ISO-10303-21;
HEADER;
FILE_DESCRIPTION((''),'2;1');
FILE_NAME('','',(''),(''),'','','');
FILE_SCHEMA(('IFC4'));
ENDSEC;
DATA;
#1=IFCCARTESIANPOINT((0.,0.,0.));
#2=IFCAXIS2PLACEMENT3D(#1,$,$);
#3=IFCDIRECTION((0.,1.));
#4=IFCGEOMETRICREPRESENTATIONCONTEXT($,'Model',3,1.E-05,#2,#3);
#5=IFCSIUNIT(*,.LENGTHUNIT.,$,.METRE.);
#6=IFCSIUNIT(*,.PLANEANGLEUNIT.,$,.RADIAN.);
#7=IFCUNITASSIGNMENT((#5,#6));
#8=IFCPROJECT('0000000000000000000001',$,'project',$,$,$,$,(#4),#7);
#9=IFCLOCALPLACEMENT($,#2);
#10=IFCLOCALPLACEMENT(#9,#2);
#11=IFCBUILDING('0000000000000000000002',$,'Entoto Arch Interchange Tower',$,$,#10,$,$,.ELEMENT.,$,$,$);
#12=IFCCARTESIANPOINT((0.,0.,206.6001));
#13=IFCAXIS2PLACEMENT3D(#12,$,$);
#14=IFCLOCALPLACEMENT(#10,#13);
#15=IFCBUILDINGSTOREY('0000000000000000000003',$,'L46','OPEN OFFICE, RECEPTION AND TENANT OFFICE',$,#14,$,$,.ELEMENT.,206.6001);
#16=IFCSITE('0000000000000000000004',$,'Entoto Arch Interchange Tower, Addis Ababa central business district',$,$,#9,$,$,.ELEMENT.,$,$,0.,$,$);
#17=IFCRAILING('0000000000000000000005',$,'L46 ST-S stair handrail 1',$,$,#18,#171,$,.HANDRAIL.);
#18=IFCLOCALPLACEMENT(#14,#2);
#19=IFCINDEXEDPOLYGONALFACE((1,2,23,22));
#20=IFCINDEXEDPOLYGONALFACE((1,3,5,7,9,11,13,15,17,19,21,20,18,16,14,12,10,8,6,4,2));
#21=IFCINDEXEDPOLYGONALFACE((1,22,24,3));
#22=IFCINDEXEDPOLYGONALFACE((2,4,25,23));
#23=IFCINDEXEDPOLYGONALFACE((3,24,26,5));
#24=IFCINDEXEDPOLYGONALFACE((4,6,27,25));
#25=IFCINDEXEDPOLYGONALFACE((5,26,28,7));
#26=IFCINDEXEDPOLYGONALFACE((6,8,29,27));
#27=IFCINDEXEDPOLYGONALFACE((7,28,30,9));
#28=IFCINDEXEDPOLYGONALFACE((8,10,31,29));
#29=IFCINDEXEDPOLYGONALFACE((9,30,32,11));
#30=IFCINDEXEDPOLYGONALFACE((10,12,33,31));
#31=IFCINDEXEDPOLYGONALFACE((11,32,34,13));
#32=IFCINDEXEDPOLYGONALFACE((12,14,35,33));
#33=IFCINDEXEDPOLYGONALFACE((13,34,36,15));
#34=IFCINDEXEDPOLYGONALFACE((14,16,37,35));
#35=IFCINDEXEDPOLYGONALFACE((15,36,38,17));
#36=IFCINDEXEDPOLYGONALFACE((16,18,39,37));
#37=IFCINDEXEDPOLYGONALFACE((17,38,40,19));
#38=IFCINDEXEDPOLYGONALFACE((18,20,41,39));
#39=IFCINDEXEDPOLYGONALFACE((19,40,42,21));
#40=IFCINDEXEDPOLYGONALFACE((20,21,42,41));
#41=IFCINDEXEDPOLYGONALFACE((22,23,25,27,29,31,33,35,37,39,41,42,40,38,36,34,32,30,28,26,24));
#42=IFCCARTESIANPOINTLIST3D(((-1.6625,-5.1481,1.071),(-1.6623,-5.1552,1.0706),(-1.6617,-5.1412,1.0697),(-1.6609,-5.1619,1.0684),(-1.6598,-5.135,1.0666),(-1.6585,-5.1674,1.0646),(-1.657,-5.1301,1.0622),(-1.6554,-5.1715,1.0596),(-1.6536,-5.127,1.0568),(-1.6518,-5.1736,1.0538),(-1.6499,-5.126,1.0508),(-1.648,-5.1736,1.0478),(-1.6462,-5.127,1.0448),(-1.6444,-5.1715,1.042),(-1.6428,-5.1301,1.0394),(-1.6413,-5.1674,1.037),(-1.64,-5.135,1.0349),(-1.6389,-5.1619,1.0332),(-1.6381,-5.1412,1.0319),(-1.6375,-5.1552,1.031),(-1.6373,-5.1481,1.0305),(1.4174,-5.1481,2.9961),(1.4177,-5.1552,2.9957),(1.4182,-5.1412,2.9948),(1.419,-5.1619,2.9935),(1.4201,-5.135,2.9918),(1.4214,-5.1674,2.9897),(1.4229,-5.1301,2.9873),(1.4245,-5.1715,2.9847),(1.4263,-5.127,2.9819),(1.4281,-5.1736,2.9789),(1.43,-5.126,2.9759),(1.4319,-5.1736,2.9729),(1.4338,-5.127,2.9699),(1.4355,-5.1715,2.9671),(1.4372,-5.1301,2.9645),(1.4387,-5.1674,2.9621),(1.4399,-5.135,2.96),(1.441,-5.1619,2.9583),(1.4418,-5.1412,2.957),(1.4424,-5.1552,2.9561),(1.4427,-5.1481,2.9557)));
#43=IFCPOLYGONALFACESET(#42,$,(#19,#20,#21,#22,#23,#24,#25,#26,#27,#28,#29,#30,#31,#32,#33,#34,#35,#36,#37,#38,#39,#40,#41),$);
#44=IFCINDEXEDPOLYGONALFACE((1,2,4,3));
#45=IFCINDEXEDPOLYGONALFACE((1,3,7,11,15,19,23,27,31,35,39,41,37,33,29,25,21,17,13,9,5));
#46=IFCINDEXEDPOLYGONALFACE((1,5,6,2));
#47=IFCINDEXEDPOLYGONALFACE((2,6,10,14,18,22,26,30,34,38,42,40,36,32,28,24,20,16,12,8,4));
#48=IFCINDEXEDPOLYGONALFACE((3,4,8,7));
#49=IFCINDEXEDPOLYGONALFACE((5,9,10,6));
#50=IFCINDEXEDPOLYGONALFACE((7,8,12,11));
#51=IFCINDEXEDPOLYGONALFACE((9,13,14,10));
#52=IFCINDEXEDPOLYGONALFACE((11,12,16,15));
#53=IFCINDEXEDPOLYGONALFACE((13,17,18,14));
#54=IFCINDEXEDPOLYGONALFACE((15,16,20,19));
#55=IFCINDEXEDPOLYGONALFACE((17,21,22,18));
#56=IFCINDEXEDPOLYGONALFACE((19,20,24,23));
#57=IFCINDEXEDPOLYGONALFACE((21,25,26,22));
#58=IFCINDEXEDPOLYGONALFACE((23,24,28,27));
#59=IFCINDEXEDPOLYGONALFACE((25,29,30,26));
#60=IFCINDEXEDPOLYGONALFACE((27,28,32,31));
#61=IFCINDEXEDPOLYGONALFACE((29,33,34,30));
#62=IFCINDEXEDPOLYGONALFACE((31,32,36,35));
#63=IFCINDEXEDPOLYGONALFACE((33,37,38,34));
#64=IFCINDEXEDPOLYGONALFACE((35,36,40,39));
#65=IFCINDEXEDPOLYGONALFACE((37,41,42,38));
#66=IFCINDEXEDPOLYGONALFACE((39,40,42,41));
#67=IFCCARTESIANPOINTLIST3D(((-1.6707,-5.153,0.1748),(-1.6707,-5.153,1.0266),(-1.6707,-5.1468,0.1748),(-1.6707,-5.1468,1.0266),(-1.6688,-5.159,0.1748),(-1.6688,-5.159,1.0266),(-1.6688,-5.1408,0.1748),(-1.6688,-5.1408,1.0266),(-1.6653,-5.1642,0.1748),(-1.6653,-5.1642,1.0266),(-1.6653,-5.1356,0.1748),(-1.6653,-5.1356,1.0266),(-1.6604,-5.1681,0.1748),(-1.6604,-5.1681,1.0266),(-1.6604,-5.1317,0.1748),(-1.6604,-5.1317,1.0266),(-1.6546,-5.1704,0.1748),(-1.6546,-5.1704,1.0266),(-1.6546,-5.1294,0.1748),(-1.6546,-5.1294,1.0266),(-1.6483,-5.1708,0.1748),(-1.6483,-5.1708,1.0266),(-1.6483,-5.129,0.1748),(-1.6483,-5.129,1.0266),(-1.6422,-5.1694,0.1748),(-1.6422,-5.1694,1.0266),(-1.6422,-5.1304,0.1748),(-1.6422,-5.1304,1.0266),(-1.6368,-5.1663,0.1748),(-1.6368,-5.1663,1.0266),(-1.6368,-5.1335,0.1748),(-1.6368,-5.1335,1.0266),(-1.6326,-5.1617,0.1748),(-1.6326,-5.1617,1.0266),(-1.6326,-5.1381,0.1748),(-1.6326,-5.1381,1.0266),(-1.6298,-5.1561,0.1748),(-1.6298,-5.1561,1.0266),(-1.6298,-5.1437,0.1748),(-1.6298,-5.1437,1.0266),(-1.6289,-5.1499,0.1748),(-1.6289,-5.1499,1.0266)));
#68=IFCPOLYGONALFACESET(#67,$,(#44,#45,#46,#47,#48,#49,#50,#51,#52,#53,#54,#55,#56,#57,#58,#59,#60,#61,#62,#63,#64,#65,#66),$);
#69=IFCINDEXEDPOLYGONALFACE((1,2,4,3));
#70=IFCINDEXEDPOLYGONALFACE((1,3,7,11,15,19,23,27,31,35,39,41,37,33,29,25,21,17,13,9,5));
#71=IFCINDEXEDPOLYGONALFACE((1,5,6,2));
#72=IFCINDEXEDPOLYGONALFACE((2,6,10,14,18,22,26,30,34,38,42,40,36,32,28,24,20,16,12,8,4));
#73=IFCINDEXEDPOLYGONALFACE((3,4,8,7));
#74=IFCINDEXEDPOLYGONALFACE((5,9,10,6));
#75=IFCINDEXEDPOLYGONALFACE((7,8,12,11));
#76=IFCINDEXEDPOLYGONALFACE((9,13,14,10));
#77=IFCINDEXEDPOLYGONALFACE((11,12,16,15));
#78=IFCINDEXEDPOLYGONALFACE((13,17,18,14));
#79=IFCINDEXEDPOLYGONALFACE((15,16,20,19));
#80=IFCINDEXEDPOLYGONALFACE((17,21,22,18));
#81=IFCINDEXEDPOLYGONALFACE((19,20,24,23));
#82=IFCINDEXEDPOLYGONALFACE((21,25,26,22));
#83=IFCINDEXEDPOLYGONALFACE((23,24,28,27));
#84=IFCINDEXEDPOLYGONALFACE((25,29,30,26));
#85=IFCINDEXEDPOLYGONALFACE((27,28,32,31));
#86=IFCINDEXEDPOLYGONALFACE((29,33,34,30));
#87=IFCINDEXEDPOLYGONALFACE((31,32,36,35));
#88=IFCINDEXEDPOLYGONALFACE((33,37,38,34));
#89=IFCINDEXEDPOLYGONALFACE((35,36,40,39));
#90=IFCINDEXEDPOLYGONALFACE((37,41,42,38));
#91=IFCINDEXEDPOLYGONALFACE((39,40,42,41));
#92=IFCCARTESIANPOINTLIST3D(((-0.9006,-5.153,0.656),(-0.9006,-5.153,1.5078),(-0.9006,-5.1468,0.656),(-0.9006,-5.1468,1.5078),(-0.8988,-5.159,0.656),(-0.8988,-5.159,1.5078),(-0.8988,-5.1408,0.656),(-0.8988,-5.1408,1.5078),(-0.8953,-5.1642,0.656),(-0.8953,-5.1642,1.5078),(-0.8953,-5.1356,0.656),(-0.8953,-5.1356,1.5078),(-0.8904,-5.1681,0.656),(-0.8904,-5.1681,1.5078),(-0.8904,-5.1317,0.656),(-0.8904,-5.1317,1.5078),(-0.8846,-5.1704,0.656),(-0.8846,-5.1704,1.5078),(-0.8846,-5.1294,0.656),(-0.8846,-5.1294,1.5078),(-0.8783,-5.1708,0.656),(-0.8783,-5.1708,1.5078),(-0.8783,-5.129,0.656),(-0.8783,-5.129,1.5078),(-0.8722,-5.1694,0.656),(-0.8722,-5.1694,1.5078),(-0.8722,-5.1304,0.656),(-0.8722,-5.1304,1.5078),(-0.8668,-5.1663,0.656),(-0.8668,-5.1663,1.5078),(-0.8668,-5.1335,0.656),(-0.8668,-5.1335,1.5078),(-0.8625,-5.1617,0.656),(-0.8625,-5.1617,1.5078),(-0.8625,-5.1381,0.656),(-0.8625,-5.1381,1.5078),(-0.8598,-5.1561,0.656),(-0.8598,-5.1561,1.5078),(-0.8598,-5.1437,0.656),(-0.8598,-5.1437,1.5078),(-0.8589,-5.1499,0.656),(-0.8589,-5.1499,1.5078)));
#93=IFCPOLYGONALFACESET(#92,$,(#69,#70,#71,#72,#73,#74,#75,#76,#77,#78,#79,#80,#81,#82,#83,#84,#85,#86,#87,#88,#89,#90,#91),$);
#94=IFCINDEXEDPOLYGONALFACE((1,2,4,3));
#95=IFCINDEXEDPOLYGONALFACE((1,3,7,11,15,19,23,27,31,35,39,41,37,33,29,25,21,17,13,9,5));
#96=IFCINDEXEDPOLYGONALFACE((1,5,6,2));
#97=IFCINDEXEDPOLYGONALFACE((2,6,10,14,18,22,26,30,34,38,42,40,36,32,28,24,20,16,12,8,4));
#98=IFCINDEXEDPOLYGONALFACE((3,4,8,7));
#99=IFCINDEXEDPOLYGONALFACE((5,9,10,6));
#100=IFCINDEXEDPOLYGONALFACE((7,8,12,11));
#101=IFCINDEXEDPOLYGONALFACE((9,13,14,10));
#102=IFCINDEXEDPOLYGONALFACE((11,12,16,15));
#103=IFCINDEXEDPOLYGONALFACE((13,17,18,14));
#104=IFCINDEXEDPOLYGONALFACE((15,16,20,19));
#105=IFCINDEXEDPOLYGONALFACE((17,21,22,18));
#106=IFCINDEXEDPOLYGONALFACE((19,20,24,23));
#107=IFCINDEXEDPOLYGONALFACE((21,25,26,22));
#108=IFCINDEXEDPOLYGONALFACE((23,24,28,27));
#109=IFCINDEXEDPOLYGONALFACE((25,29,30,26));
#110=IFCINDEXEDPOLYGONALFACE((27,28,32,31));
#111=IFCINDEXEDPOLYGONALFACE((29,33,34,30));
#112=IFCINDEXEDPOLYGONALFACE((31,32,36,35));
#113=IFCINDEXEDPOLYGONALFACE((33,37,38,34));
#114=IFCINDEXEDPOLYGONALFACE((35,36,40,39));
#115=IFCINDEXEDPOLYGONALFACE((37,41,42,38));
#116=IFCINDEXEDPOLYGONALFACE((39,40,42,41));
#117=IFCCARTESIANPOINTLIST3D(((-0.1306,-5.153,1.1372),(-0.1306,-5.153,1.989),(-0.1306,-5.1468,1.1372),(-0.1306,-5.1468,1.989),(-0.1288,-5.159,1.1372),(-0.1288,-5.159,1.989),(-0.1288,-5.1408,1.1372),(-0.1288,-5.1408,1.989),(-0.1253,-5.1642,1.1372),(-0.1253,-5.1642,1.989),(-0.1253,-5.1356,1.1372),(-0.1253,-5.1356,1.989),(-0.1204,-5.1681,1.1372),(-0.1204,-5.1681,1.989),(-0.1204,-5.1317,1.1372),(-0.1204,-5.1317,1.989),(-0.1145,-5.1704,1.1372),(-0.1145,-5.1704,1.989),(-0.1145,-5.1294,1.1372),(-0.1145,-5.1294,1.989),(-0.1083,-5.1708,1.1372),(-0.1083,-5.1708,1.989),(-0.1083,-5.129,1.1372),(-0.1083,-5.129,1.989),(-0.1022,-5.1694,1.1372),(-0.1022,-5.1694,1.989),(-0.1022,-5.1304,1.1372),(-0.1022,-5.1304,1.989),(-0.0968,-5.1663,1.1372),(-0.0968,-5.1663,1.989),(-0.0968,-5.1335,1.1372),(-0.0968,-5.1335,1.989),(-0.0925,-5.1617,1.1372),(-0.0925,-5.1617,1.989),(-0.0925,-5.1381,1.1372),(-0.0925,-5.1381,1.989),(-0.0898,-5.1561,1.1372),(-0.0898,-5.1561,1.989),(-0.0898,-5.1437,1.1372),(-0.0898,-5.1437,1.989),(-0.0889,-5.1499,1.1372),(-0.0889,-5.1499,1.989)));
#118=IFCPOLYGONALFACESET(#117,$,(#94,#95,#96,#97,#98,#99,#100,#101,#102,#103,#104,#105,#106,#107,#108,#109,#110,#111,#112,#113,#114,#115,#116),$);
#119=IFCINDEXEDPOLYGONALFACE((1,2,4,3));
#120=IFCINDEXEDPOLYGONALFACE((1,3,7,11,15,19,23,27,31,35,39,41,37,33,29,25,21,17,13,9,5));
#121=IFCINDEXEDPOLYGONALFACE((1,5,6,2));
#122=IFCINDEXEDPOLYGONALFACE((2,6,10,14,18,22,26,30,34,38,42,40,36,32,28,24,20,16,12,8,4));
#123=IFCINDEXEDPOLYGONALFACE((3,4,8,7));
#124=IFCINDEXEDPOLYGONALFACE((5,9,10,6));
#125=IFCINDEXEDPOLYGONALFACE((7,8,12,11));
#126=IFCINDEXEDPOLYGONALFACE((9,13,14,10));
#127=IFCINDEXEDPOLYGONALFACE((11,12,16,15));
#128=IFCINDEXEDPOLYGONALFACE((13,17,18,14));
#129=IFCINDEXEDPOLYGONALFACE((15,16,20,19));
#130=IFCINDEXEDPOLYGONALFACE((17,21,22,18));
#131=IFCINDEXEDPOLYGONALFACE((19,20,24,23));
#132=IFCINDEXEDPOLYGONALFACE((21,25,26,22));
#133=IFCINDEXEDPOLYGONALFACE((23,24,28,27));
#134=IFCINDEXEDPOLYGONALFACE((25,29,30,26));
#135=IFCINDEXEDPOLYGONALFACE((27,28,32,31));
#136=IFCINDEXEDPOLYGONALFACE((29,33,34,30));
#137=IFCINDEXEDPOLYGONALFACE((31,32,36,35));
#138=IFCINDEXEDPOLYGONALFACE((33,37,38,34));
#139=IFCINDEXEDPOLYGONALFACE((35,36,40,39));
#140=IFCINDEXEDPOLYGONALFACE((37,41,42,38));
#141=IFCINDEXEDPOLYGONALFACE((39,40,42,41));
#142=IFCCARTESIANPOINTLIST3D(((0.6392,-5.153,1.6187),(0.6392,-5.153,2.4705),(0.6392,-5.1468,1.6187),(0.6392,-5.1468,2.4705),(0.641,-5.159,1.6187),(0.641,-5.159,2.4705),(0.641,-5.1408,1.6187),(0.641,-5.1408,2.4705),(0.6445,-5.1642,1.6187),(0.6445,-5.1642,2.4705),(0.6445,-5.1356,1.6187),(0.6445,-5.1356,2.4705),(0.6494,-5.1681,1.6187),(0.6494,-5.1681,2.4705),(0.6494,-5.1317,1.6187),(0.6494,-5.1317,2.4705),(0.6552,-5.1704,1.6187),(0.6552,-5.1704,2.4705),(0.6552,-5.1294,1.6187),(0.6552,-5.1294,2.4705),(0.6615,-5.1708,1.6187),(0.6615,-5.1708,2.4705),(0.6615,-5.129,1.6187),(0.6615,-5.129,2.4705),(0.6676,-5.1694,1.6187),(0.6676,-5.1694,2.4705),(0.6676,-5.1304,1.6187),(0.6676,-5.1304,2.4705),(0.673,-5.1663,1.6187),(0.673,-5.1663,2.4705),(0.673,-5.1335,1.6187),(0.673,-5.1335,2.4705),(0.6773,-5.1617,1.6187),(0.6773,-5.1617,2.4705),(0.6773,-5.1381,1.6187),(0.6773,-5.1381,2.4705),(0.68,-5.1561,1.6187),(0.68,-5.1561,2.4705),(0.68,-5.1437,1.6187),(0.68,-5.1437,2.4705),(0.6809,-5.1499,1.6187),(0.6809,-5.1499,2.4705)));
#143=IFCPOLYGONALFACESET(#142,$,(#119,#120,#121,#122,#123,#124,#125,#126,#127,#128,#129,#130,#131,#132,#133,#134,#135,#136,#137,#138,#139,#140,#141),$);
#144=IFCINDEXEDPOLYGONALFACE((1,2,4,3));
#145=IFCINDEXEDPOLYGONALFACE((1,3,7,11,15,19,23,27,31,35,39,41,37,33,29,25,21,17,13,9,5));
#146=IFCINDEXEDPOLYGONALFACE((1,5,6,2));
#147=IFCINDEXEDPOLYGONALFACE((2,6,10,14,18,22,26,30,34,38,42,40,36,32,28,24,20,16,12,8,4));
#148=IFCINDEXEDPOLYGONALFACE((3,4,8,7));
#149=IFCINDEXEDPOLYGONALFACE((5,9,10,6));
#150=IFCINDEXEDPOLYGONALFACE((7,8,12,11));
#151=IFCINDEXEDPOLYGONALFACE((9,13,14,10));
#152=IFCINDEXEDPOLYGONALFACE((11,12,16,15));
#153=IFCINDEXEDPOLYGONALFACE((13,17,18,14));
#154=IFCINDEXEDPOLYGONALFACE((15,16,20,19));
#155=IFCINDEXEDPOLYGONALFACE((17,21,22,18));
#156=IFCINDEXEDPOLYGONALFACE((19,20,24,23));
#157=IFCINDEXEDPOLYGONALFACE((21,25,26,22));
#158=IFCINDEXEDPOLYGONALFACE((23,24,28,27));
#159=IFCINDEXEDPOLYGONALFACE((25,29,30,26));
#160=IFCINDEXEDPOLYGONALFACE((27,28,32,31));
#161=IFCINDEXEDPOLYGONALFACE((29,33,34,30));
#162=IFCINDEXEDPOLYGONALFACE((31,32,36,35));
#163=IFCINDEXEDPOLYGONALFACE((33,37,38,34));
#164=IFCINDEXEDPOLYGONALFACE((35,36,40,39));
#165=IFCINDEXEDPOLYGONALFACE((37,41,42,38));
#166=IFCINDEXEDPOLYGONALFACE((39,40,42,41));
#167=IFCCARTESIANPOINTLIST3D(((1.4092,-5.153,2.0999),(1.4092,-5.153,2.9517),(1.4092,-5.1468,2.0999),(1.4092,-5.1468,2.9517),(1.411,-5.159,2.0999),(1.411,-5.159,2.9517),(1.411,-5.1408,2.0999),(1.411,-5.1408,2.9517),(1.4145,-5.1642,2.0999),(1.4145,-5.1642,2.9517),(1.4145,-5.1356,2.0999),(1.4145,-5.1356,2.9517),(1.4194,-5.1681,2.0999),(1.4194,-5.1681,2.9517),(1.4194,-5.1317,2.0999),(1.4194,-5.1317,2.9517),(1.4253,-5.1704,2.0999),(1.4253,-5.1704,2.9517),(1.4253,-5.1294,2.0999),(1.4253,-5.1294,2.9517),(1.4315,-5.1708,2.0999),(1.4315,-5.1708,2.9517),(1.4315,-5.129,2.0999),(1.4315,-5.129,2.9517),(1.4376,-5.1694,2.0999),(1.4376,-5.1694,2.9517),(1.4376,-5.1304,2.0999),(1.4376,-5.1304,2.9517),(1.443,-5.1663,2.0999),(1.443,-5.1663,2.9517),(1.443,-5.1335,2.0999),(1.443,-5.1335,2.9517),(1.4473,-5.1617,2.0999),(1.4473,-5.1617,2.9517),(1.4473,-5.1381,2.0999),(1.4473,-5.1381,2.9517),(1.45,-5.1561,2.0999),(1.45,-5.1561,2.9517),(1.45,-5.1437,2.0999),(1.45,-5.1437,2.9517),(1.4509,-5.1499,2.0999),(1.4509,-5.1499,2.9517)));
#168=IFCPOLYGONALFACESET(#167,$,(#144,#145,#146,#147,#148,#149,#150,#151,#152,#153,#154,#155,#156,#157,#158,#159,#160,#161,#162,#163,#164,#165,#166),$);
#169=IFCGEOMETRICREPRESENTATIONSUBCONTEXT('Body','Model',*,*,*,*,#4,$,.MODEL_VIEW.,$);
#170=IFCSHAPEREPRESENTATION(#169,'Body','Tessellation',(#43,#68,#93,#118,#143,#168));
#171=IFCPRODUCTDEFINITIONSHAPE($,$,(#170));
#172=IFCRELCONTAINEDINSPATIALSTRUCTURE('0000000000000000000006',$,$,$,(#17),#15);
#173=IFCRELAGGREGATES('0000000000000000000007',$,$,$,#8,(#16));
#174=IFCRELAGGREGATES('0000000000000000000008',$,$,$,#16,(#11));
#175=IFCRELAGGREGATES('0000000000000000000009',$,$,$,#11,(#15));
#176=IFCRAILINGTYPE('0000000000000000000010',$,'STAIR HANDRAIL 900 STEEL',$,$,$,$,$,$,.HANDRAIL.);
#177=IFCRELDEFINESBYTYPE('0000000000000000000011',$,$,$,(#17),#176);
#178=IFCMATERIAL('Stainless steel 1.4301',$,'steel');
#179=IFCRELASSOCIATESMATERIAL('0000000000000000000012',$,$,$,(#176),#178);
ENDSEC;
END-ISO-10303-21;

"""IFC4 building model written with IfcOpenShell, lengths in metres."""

from ifc_helpers import new_model, si_unit, direction, frame, origin, origin_2d, place, context, subcontext, project, spatial, circle, extrude, material, type_object, element, save


model = new_model("IFC4")

# Units and contexts
model_context = context("Model", 3, precision=1e-05, world=origin(), true_north=direction((0.0, 1.0)))
body_context = subcontext(model_context, "Body", "Model", "MODEL_VIEW")
ifc_project = project(units=[si_unit("LENGTHUNIT", "METRE"), si_unit("PLANEANGLEUNIT", "RADIAN")], contexts=[model_context])

# Site, building, storey
site_placement = place(None, origin())
site = spatial("IfcSite", under=ifc_project, at=site_placement, Name="Entoto Arch Interchange Tower, Addis Ababa central business district", CompositionType="ELEMENT", RefElevation=0.0)
building_placement = place(site_placement, origin())
building = spatial("IfcBuilding", under=site, at=building_placement, Name="Entoto Arch Interchange Tower", CompositionType="ELEMENT")
storey_placement = place(building_placement, frame((0.0, 0.0, 206.6001)))
storey = spatial("IfcBuildingStorey", under=building, at=storey_placement, Name="L46", Description="OPEN OFFICE, RECEPTION AND TENANT OFFICE", CompositionType="ELEMENT", Elevation=206.6001)

# Railing
ifc_material_1 = material(Name="Stainless steel 1.4301", Category="steel")
railing_type_1 = type_object("IfcRailingType", Name="STAIR HANDRAIL 900 STEEL", PredefinedType="HANDRAIL", material=ifc_material_1)
railing_1_placement = place(storey_placement, frame((-1.6499, -5.1499, 0.1748)))
element("IfcRailing", 1, at=railing_1_placement, inside=storey, type_object=railing_type_1, Name="L46 ST-S stair handrail 1", PredefinedType="HANDRAIL", context=body_context, shape_type="SweptSolid", body=[
    extrude(circle(Radius=0.0239, at=origin_2d()), frame((0.0, 0.0, 0.876), z_axis=(0.847979, 0.0, 0.530029), x_axis=(0.0, 1.0, 0.0)), (0.0, 0.0, 1.0), 3.6321),
    extrude(circle(Radius=0.021, at=origin_2d()), origin(), (0.0, 0.0, 1.0), 0.8518),
    extrude(circle(Radius=0.021, at=origin_2d()), frame((0.77, 0.0, 0.4812)), (0.0, 0.0, 1.0), 0.8518),
    extrude(circle(Radius=0.021, at=origin_2d()), frame((1.54, 0.0, 0.9624)), (0.0, 0.0, 1.0), 0.8518),
    extrude(circle(Radius=0.021, at=origin_2d()), frame((2.3098, 0.0, 1.4438)), (0.0, 0.0, 1.0), 0.8518),
    extrude(circle(Radius=0.021, at=origin_2d()), frame((3.0798, 0.0, 1.925)), (0.0, 0.0, 1.0), 0.8518),
])

save(model, "model.ifc")
